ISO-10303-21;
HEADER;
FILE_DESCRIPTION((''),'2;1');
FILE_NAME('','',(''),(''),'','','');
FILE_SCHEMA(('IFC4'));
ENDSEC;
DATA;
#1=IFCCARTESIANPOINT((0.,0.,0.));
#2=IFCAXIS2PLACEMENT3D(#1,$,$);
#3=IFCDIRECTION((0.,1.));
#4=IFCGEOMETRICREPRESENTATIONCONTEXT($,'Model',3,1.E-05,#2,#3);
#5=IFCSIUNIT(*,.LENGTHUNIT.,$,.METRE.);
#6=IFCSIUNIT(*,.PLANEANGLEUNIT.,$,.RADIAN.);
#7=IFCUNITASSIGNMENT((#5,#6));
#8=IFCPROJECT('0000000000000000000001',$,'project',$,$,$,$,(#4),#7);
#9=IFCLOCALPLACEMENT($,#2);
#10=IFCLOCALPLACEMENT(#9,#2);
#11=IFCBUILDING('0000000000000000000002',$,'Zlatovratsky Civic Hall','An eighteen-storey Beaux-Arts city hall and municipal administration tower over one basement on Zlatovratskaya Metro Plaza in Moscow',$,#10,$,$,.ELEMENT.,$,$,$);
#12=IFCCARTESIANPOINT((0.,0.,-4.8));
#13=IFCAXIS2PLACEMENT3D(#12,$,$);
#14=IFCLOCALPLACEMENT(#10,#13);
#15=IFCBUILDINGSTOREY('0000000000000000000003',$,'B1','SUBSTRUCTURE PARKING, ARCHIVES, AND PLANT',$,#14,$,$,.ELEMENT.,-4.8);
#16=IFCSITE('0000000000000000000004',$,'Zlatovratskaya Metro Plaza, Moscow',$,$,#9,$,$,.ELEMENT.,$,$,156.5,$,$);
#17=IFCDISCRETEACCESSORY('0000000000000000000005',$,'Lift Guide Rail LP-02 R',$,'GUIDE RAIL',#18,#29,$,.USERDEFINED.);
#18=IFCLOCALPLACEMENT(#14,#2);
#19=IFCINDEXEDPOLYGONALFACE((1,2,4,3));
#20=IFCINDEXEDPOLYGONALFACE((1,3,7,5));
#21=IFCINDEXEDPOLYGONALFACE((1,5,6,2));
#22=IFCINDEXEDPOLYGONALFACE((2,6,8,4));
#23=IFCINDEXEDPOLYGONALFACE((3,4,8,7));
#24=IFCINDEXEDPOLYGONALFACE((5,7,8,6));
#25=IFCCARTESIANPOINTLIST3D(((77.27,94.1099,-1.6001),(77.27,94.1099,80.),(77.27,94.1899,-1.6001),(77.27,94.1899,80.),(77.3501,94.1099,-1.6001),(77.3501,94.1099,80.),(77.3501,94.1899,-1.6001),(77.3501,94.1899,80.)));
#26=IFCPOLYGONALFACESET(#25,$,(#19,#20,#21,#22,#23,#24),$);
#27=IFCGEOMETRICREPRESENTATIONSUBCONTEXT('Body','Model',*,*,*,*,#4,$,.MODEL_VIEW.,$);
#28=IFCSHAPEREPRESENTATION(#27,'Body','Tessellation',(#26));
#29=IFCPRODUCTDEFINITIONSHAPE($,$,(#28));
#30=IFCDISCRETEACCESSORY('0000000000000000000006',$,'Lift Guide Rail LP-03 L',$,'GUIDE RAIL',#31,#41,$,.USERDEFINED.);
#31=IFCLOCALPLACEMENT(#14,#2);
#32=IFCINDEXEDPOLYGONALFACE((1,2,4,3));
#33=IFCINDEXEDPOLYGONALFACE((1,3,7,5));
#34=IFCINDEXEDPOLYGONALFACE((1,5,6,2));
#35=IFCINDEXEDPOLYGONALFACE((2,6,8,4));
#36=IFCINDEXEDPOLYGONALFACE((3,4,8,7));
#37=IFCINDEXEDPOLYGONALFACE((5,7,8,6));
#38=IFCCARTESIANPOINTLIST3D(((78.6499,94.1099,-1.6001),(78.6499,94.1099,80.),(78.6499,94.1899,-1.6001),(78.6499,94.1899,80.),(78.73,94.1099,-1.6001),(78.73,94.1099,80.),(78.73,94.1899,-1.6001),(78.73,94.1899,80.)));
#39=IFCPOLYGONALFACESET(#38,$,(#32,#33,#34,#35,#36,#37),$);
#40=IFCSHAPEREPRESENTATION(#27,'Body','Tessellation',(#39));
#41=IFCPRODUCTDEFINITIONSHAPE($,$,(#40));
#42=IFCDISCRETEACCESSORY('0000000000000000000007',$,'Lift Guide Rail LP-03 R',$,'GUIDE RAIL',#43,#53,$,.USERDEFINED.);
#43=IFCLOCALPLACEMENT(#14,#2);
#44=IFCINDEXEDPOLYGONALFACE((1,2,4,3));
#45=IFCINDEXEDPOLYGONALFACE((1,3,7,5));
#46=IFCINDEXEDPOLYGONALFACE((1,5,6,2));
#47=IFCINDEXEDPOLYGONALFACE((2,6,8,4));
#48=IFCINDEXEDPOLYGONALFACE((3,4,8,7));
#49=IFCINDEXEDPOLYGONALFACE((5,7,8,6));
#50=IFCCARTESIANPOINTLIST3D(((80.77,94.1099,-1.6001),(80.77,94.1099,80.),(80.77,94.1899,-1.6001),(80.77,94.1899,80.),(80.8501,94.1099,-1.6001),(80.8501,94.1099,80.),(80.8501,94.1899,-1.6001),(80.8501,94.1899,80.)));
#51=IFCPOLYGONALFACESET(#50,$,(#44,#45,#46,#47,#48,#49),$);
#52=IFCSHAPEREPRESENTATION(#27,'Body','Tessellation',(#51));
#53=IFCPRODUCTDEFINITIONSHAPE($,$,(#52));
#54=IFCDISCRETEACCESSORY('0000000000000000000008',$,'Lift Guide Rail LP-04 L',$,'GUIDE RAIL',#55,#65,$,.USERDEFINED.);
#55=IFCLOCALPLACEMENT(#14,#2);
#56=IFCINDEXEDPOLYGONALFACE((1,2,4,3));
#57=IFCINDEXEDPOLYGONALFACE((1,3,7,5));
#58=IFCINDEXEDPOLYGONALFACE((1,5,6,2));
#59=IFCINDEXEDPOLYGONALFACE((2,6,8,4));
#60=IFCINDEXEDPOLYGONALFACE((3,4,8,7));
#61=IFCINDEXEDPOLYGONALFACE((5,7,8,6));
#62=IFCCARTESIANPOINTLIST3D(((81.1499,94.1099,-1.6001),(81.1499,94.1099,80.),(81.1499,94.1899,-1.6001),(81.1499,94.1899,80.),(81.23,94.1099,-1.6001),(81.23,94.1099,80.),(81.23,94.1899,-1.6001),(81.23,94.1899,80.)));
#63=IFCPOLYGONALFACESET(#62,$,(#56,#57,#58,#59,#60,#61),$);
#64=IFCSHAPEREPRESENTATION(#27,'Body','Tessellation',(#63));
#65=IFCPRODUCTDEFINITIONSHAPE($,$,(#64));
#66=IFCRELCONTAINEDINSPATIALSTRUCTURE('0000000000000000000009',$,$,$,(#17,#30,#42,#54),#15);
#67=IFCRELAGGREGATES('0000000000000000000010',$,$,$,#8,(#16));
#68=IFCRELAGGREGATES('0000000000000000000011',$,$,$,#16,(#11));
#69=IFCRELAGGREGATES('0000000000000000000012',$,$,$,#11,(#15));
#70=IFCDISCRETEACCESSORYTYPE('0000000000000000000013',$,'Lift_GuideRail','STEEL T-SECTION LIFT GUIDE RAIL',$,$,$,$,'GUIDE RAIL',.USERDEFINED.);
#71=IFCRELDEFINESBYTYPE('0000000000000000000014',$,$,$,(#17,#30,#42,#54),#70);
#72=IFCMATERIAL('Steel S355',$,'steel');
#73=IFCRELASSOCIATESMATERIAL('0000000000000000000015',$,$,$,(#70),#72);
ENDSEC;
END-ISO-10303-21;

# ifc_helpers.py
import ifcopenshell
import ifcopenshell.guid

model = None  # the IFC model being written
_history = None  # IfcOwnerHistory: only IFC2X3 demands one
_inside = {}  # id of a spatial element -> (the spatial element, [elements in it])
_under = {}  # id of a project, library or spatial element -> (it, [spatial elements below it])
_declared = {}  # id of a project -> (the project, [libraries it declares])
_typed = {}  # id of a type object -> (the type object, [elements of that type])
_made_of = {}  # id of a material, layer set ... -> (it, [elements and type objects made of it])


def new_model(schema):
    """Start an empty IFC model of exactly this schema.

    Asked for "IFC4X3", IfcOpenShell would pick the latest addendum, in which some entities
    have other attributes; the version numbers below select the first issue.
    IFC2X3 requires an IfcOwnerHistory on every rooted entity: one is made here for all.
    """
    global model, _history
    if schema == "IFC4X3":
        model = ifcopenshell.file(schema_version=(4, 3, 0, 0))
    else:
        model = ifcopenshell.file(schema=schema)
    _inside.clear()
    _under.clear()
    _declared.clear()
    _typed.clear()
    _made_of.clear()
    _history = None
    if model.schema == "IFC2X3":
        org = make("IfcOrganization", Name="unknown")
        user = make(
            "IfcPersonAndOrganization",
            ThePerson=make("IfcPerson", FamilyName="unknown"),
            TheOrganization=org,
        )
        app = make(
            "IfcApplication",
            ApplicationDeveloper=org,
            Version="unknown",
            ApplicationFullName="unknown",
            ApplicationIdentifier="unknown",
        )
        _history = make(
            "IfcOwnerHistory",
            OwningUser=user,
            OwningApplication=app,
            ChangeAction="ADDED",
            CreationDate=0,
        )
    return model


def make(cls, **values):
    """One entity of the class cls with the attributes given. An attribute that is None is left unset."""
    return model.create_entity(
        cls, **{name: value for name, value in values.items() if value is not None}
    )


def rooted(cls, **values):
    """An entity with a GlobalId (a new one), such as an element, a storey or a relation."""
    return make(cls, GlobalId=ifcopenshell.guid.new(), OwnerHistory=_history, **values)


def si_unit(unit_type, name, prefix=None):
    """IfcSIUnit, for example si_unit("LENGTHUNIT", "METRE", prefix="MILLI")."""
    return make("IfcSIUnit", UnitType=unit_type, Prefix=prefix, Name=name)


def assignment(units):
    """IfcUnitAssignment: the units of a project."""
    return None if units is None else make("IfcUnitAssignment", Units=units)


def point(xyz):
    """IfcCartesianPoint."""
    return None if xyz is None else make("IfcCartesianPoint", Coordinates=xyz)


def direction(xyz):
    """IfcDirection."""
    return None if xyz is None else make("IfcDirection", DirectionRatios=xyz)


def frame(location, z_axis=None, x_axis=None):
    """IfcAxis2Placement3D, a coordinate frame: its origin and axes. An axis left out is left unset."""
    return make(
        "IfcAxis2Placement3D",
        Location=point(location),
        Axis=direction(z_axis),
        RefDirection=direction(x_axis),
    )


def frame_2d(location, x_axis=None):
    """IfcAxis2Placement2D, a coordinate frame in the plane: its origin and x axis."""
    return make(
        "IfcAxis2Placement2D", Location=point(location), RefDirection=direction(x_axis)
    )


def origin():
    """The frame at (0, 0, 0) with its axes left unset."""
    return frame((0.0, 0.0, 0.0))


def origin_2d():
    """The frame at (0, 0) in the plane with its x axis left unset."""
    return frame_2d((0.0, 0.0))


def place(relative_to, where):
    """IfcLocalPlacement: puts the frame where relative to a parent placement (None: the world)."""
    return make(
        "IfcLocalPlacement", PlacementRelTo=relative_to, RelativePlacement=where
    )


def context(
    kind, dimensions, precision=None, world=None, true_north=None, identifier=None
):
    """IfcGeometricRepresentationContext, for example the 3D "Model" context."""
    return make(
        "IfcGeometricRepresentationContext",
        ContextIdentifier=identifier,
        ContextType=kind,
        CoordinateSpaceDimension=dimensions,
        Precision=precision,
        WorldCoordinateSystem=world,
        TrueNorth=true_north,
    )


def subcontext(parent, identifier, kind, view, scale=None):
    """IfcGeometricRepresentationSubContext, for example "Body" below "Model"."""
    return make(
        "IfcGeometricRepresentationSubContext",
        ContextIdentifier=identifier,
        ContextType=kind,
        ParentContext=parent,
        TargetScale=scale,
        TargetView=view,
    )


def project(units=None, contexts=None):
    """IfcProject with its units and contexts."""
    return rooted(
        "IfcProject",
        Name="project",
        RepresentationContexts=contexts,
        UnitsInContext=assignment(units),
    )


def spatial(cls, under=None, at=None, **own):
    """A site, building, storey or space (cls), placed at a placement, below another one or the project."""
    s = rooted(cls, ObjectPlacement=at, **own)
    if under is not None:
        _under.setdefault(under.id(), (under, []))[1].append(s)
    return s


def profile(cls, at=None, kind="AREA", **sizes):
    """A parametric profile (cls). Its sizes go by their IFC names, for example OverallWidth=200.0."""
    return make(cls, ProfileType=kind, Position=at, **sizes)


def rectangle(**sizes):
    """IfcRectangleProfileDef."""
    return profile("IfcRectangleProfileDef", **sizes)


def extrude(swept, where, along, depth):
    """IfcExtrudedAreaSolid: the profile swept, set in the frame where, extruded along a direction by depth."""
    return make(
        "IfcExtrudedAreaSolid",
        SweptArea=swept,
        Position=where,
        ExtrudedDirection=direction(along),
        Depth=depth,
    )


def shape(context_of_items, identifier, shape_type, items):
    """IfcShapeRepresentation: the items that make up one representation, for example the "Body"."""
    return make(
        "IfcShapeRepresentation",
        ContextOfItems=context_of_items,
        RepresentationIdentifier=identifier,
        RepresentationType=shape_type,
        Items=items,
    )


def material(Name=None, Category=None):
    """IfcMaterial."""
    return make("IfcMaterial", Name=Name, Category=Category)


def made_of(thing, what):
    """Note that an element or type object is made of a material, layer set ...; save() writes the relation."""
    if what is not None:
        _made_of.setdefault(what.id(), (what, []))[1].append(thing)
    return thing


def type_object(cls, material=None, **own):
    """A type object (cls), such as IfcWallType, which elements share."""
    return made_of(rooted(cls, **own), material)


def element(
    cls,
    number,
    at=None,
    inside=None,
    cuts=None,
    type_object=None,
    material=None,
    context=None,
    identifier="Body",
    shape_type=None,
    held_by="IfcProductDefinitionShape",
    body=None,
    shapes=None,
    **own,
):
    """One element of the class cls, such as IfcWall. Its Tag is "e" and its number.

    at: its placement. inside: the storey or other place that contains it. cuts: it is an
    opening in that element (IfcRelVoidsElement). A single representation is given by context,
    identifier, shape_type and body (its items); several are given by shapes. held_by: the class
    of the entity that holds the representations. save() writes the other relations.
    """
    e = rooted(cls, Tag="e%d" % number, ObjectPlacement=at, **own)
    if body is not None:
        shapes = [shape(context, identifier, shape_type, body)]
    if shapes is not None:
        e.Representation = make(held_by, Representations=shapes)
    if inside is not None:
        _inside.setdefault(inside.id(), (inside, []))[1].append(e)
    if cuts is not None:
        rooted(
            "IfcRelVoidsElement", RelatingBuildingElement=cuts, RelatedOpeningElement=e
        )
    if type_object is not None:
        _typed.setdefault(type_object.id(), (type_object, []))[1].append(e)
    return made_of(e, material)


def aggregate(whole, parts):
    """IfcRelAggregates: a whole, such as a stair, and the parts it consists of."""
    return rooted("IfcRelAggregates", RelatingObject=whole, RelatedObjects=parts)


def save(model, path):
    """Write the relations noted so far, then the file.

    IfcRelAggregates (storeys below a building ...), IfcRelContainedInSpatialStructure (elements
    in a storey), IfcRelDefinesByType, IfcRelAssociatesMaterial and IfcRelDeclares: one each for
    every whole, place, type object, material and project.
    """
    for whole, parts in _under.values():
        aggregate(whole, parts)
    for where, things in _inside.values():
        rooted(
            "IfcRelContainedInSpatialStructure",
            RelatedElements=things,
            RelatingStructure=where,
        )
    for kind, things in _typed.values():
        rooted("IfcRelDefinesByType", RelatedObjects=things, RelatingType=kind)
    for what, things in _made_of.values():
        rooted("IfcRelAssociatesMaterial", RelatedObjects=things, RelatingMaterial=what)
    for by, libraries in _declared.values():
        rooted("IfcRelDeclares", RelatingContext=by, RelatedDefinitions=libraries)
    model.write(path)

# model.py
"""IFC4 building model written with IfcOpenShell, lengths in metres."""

from ifc_helpers import new_model, si_unit, direction, frame, origin, origin_2d, place, context, subcontext, project, spatial, rectangle, extrude, material, type_object, element, save


model = new_model("IFC4")

# Units and contexts
model_context = context("Model", 3, precision=1e-05, world=origin(), true_north=direction((0.0, 1.0)))
body_context = subcontext(model_context, "Body", "Model", "MODEL_VIEW")
ifc_project = project(units=[si_unit("LENGTHUNIT", "METRE"), si_unit("PLANEANGLEUNIT", "RADIAN")], contexts=[model_context])

# Site, building, storey
site_placement = place(None, origin())
site = spatial("IfcSite", under=ifc_project, at=site_placement, Name="Zlatovratskaya Metro Plaza, Moscow", CompositionType="ELEMENT", RefElevation=156.5)
building_placement = place(site_placement, origin())
building = spatial("IfcBuilding", under=site, at=building_placement, Name="Zlatovratsky Civic Hall", Description="An eighteen-storey Beaux-Arts city hall and municipal administration tower over one basement on Zlatovratskaya Metro Plaza in Moscow", CompositionType="ELEMENT")
storey_placement = place(building_placement, frame((0.0, 0.0, -4.8)))
storey = spatial("IfcBuildingStorey", under=building, at=storey_placement, Name="B1", Description="SUBSTRUCTURE PARKING, ARCHIVES, AND PLANT", CompositionType="ELEMENT", Elevation=-4.8)

# Shared definitions
ifc_material_1 = material(Name="Steel S355", Category="steel")

# Discrete accessories
discrete_accessory_type = type_object("IfcDiscreteAccessoryType", Name="Lift_GuideRail", Description="STEEL T-SECTION LIFT GUIDE RAIL", ElementType="GUIDE RAIL", PredefinedType="USERDEFINED", material=ifc_material_1)
for number, where, z_axis, x_axis, name in (
    (1, (77.3101, 94.1499, -1.6001), (0.0, 0.0, 1.0), (1.0, 0.0, 0.0), "Lift Guide Rail LP-02 R"),
    (2, (78.6899, 94.1499, -1.6001), (0.0, 0.0, 1.0), (1.0, 0.0, 0.0), "Lift Guide Rail LP-03 L"),
    (3, (80.8101, 94.1499, -1.6001), (0.0, 0.0, 1.0), (1.0, 0.0, 0.0), "Lift Guide Rail LP-03 R"),
    (4, (81.1899, 94.1499, -1.6001), (0.0, 0.0, 1.0), (1.0, 0.0, 0.0), "Lift Guide Rail LP-04 L"),
):
    element("IfcDiscreteAccessory", number, at=place(storey_placement, frame(where, z_axis=z_axis, x_axis=x_axis)), inside=storey, type_object=discrete_accessory_type, Name=name, ObjectType="GUIDE RAIL", PredefinedType="USERDEFINED", context=body_context, shape_type="SweptSolid", body=[
        extrude(rectangle(XDim=0.0801, YDim=0.0801, at=origin_2d()), origin(), (0.0, 0.0, 1.0), 81.6001),
    ])

save(model, "model.ifc")
